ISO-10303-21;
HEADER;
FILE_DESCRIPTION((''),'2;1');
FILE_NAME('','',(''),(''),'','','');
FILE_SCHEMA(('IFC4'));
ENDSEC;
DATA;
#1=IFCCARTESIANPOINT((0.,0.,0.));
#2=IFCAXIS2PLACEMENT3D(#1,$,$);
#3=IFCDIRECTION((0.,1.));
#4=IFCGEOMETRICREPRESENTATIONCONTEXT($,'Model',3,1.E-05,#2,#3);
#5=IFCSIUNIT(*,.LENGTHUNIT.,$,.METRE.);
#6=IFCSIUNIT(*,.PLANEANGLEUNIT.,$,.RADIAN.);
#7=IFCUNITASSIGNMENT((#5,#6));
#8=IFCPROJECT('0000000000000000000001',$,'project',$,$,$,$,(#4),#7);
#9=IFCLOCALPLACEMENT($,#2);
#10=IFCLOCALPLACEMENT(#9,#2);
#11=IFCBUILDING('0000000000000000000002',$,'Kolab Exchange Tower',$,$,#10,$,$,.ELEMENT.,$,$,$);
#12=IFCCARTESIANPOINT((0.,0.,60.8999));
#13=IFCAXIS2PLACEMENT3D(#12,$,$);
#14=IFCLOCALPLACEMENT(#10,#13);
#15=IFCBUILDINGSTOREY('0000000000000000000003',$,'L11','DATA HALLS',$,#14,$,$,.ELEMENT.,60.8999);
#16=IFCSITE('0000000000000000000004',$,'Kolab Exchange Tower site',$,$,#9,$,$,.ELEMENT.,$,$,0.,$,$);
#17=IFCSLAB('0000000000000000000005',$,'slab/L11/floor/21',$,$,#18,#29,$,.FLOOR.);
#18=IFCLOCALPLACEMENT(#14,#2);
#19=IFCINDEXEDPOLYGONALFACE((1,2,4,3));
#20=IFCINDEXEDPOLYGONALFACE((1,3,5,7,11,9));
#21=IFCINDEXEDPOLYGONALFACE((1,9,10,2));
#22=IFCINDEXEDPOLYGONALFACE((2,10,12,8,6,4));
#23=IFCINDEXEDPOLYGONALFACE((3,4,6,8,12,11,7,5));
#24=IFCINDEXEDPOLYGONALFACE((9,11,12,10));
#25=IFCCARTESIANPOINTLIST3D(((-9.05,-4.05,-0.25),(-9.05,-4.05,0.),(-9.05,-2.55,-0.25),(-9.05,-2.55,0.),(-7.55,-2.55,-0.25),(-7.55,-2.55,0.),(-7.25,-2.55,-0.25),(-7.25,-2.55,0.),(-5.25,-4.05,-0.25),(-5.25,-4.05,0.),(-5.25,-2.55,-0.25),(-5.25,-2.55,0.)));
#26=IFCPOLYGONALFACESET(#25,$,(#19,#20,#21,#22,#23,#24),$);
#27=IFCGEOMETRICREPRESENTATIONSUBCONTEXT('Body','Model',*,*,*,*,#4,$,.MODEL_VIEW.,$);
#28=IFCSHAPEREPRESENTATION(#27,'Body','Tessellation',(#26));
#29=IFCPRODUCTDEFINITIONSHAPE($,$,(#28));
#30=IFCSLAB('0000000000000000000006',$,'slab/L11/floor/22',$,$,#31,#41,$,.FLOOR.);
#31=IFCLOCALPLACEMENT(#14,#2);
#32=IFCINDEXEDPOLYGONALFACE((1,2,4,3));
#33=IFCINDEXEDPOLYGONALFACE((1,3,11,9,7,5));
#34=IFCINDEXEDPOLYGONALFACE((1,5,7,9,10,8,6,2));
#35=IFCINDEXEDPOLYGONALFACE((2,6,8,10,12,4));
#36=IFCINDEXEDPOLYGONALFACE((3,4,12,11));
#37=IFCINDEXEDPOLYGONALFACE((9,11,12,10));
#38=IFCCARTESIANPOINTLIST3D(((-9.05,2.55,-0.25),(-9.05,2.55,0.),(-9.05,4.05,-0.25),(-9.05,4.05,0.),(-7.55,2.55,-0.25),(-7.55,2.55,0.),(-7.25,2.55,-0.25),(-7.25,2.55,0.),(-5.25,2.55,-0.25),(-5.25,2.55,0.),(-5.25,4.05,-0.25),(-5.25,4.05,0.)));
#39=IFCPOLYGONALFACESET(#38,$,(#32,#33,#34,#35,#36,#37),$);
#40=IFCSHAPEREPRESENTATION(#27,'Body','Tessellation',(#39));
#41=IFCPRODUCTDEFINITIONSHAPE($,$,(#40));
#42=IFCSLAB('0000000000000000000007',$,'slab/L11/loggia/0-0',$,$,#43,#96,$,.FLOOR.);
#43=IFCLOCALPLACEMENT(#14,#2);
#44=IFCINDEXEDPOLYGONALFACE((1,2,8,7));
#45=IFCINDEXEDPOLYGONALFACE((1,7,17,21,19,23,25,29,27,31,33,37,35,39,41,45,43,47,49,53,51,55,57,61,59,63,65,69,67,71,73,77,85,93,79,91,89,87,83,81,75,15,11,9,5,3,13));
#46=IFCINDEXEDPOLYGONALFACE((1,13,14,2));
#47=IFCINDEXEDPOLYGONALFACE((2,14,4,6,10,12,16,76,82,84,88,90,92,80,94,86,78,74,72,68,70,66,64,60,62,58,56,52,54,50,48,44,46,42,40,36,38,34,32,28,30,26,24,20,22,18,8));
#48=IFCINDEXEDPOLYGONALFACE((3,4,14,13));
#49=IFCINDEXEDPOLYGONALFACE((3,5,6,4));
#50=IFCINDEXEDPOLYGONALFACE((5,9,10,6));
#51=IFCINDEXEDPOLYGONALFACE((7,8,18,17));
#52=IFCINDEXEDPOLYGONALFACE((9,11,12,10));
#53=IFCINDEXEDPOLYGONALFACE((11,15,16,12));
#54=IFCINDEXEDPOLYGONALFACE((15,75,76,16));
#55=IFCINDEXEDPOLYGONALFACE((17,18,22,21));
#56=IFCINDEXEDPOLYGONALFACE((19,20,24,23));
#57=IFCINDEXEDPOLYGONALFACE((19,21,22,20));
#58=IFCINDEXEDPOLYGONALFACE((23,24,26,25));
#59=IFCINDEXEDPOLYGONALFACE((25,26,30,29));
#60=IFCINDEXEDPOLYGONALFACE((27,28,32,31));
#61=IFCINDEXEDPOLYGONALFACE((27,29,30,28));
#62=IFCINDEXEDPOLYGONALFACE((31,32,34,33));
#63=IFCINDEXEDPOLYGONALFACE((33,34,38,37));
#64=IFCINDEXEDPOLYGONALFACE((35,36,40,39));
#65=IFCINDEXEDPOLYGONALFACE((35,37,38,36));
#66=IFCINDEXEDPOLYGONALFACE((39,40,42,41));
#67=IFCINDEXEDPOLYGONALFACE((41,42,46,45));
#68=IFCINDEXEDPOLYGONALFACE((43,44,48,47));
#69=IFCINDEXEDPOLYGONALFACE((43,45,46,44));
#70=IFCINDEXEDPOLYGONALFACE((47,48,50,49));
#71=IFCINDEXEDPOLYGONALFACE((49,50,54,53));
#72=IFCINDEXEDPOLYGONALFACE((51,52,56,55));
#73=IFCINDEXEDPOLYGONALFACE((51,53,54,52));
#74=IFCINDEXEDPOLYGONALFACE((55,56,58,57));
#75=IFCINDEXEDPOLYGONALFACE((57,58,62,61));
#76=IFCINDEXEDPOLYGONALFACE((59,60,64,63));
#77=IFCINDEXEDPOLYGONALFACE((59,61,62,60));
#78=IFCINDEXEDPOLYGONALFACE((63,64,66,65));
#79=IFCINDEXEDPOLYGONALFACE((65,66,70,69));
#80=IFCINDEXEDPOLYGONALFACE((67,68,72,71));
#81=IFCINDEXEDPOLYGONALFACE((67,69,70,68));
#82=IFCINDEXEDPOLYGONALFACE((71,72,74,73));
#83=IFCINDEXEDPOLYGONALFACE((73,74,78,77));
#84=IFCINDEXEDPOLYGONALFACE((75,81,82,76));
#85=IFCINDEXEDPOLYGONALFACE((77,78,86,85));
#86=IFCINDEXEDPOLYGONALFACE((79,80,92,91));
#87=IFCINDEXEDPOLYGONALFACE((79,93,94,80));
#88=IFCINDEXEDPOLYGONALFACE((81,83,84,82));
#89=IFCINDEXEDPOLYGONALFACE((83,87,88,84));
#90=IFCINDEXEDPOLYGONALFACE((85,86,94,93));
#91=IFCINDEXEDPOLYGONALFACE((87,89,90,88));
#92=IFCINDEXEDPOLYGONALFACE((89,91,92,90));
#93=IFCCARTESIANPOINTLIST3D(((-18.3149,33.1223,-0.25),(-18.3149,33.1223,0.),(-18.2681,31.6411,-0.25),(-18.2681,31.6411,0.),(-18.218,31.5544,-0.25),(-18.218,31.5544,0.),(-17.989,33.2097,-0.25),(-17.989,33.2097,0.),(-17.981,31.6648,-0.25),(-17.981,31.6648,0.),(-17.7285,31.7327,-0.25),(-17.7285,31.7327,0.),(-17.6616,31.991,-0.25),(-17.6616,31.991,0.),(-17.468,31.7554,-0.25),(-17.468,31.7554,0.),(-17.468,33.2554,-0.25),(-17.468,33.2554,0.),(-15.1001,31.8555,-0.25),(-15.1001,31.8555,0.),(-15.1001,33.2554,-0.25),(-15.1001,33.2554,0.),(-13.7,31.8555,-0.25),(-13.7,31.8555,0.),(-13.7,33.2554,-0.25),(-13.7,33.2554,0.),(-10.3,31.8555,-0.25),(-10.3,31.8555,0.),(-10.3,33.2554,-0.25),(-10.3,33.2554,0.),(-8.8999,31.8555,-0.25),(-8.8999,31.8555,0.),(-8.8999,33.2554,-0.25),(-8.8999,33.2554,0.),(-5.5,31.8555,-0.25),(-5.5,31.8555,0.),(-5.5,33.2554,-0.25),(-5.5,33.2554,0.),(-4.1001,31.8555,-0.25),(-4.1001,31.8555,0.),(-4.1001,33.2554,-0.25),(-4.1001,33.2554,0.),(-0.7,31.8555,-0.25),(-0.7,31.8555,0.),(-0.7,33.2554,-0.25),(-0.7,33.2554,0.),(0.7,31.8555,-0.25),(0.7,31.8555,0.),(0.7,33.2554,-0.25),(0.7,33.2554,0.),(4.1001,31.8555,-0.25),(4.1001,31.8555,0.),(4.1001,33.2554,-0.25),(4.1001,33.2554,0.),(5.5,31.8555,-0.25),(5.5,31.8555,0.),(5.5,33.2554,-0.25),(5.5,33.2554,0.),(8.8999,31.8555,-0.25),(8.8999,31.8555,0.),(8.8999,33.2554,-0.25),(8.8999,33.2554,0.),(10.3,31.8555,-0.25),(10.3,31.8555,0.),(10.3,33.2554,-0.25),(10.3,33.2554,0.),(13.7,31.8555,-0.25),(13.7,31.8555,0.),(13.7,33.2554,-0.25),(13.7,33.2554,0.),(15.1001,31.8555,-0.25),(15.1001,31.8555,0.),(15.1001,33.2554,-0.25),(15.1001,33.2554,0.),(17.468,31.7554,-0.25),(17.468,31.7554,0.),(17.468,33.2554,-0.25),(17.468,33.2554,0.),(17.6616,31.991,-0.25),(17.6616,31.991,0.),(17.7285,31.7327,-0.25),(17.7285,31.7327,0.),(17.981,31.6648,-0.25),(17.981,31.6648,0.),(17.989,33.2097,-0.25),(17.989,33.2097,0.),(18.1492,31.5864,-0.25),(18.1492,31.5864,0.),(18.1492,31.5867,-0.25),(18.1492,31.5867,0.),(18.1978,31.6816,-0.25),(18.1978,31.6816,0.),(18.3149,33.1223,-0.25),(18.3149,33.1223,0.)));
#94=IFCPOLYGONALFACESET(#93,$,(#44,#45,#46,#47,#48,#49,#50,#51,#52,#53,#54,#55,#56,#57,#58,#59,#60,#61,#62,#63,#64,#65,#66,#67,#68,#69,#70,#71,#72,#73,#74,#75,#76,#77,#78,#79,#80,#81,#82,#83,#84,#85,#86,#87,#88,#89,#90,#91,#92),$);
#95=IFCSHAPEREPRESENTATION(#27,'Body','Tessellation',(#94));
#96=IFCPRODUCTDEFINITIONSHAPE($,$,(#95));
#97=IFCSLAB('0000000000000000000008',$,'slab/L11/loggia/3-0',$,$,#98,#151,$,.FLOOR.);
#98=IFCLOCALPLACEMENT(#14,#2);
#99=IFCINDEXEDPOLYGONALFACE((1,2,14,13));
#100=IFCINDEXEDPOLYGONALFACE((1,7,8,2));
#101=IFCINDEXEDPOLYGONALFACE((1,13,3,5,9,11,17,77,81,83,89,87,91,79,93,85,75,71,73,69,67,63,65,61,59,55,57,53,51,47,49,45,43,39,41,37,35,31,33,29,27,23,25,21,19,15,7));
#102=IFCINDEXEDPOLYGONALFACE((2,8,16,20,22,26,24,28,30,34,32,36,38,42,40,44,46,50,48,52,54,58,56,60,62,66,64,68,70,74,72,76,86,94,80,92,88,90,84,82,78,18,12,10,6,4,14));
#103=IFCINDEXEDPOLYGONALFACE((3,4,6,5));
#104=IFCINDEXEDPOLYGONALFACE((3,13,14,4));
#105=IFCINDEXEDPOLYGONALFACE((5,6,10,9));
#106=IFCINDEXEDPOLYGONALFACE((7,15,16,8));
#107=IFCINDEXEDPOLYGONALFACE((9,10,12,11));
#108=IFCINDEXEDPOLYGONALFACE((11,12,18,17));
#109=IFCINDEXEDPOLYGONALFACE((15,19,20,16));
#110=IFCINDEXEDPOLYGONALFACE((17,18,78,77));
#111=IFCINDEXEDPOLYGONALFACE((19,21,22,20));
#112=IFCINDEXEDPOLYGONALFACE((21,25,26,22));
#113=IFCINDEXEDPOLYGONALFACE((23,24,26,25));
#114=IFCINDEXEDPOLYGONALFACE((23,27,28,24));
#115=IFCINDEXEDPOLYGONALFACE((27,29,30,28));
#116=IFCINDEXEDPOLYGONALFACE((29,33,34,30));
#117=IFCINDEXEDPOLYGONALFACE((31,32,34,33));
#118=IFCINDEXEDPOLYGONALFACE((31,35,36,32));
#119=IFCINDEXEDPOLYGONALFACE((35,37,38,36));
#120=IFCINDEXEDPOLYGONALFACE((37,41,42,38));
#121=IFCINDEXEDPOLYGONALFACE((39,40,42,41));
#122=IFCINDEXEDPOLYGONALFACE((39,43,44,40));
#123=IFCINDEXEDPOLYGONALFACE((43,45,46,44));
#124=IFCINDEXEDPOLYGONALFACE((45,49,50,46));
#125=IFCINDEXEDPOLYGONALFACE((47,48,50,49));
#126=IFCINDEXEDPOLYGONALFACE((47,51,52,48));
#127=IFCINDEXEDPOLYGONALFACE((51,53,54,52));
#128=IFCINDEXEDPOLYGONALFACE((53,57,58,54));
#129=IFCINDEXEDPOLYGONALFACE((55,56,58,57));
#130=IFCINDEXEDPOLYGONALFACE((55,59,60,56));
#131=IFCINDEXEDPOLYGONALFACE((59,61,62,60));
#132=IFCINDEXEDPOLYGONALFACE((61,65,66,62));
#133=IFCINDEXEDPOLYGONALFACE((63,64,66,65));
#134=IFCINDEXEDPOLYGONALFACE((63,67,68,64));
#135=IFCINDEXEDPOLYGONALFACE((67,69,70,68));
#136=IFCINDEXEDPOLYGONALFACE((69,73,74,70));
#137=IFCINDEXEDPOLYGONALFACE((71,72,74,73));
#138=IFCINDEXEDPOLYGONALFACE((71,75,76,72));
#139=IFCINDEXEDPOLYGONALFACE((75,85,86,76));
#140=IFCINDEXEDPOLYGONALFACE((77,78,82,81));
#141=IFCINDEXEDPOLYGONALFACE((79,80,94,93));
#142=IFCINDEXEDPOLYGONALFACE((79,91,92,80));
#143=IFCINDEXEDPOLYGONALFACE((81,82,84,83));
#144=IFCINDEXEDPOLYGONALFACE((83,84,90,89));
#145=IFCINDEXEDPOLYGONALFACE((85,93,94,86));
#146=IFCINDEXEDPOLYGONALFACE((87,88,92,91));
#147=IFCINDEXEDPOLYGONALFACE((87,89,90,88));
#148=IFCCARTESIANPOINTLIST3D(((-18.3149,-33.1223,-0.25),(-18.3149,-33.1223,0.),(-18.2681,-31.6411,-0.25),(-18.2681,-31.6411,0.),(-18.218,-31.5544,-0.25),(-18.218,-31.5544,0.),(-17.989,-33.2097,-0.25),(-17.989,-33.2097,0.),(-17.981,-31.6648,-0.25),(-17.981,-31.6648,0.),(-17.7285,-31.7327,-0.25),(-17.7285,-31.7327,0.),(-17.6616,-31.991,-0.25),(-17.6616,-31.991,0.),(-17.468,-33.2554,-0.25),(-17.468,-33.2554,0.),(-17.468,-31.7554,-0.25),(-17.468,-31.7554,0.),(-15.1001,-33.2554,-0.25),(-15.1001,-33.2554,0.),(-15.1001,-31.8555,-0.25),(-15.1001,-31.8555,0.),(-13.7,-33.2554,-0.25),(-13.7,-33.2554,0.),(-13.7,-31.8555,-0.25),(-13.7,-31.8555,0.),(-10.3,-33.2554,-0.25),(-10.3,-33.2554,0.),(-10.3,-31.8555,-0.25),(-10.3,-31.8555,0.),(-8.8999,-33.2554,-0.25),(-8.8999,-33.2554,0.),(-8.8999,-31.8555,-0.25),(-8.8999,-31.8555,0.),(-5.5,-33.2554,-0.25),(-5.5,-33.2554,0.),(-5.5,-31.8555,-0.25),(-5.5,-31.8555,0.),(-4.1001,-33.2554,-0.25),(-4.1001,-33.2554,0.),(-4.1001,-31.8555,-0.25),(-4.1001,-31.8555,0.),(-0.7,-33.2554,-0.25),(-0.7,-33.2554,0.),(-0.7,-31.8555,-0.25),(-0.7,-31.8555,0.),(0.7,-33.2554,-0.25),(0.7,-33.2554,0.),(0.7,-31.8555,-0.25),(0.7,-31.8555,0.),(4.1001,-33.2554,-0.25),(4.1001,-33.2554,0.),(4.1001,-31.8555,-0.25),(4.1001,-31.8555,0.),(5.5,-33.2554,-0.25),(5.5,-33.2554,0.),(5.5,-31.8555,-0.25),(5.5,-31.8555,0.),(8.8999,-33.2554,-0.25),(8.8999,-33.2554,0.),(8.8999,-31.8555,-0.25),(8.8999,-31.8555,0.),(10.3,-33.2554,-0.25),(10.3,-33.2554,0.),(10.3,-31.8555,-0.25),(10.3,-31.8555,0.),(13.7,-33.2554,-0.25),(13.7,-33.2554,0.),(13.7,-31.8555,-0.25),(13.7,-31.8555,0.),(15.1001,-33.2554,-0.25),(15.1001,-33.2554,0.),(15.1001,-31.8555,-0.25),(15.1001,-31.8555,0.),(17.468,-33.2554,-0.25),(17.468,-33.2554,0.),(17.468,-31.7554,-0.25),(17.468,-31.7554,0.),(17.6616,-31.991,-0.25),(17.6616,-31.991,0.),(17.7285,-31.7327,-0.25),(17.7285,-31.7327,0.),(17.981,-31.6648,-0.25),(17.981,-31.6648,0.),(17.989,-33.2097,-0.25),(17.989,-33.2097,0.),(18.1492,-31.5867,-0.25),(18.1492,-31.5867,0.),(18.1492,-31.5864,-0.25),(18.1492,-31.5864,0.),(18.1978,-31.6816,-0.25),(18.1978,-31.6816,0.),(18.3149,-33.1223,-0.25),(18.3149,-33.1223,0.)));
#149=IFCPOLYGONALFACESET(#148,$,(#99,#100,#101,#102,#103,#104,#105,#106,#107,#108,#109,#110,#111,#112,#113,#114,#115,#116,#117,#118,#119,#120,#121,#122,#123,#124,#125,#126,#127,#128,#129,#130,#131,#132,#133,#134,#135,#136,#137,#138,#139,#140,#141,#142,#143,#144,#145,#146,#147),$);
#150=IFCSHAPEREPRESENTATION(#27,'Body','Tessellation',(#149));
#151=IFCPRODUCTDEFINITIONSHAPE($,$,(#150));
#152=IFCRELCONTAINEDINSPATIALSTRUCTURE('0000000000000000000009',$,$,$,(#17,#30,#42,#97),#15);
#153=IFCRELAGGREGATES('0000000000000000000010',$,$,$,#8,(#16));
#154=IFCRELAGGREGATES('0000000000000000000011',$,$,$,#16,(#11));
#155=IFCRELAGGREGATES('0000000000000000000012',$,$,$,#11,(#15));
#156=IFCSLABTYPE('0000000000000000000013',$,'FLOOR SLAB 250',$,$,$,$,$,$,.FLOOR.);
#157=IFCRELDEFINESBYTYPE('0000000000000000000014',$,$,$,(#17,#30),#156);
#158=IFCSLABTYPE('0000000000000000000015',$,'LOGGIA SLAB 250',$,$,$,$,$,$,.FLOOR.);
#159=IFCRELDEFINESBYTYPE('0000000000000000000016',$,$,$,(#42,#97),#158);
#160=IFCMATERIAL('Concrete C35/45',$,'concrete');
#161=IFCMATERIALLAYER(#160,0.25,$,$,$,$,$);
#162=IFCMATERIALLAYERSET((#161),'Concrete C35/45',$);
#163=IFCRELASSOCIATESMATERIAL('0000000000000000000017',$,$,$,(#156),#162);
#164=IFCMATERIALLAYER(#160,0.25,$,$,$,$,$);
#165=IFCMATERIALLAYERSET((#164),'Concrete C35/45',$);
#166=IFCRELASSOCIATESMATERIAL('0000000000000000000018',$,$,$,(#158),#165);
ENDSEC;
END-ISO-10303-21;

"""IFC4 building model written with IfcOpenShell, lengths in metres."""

from ifc_helpers import new_model, si_unit, direction, frame, origin, place, context, subcontext, project, spatial, polyline, outline, extrude, material, layer, layer_set, type_object, element, save


model = new_model("IFC4")

# Units and contexts
model_context = context("Model", 3, precision=1e-05, world=origin(), true_north=direction((0.0, 1.0)))
body_context = subcontext(model_context, "Body", "Model", "MODEL_VIEW")
ifc_project = project(units=[si_unit("LENGTHUNIT", "METRE"), si_unit("PLANEANGLEUNIT", "RADIAN")], contexts=[model_context])

# Site, building, storey
site_placement = place(None, origin())
site = spatial("IfcSite", under=ifc_project, at=site_placement, Name="Kolab Exchange Tower site", CompositionType="ELEMENT", RefElevation=0.0)
building_placement = place(site_placement, origin())
building = spatial("IfcBuilding", under=site, at=building_placement, Name="Kolab Exchange Tower", CompositionType="ELEMENT")
storey_placement = place(building_placement, frame((0.0, 0.0, 60.8999)))
storey = spatial("IfcBuildingStorey", under=building, at=storey_placement, Name="L11", Description="DATA HALLS", CompositionType="ELEMENT", Elevation=60.8999)

# Slabs
ifc_material_1 = material(Name="Concrete C35/45", Category="concrete")
ifc_layer_1 = layer(ifc_material_1, 0.25)
ifc_layer_set_1 = layer_set([ifc_layer_1], Name="Concrete C35/45")
slab_type_1 = type_object("IfcSlabType", Name="FLOOR SLAB 250", PredefinedType="FLOOR", material=ifc_layer_set_1)
slab_1_placement = place(storey_placement, frame((0.0, 0.0, -0.25)))
element("IfcSlab", 1, at=slab_1_placement, inside=storey, type_object=slab_type_1, Name="slab/L11/floor/21", PredefinedType="FLOOR", context=body_context, shape_type="SweptSolid", body=[
    extrude(outline(polyline([(-9.05, -4.05), (-5.25, -4.05), (-5.25, -2.55), (-7.25, -2.55), (-7.55, -2.55), (-9.05, -2.55), (-9.05, -4.05)])), origin(), (0.0, 0.0, 1.0), 0.25),
])
slab_2_placement = place(storey_placement, frame((0.0, 0.0, -0.25)))
element("IfcSlab", 2, at=slab_2_placement, inside=storey, type_object=slab_type_1, Name="slab/L11/floor/22", PredefinedType="FLOOR", context=body_context, shape_type="SweptSolid", body=[
    extrude(outline(polyline([(-5.25, 4.05), (-9.05, 4.05), (-9.05, 2.55), (-7.55, 2.55), (-7.25, 2.55), (-5.25, 2.55), (-5.25, 4.05)])), origin(), (0.0, 0.0, 1.0), 0.25),
])
ifc_layer_2 = layer(ifc_material_1, 0.25)
ifc_layer_set_2 = layer_set([ifc_layer_2], Name="Concrete C35/45")
slab_type_2 = type_object("IfcSlabType", Name="LOGGIA SLAB 250", PredefinedType="FLOOR", material=ifc_layer_set_2)
slab_3_placement = place(storey_placement, frame((0.0, 0.0, -0.25)))
element("IfcSlab", 3, at=slab_3_placement, inside=storey, type_object=slab_type_2, Name="slab/L11/loggia/0-0", PredefinedType="FLOOR", context=body_context, shape_type="SweptSolid", body=[
    extrude(outline(polyline([(17.981, 31.6648), (18.1492, 31.5864), (18.1492, 31.5867), (18.1978, 31.6816), (17.6616, 31.991), (18.3149, 33.1223), (17.989, 33.2097), (17.468, 33.2554), (15.1001, 33.2554), (15.1001, 31.8555), (13.7, 31.8555), (13.7, 33.2554), (10.3, 33.2554), (10.3, 31.8555), (8.8999, 31.8555), (8.8999, 33.2554), (5.5, 33.2554), (5.5, 31.8555), (4.1001, 31.8555), (4.1001, 33.2554), (0.7, 33.2554), (0.7, 31.8555), (-0.7, 31.8555), (-0.7, 33.2554), (-4.1001, 33.2554), (-4.1001, 31.8555), (-5.5, 31.8555), (-5.5, 33.2554), (-8.8999, 33.2554), (-8.8999, 31.8555), (-10.3, 31.8555), (-10.3, 33.2554), (-13.7, 33.2554), (-13.7, 31.8555), (-15.1001, 31.8555), (-15.1001, 33.2554), (-17.468, 33.2554), (-17.989, 33.2097), (-18.3149, 33.1223), (-17.6616, 31.991), (-18.2681, 31.6411), (-18.218, 31.5544), (-17.981, 31.6648), (-17.7285, 31.7327), (-17.468, 31.7554), (17.468, 31.7554), (17.7285, 31.7327), (17.981, 31.6648)])), origin(), (0.0, 0.0, 1.0), 0.25),
])
slab_4_placement = place(storey_placement, frame((0.0, 0.0, -0.25)))
element("IfcSlab", 4, at=slab_4_placement, inside=storey, type_object=slab_type_2, Name="slab/L11/loggia/3-0", PredefinedType="FLOOR", context=body_context, shape_type="SweptSolid", body=[
    extrude(outline(polyline([(-17.981, -31.6648), (-18.218, -31.5544), (-18.2681, -31.6411), (-17.6616, -31.991), (-18.3149, -33.1223), (-17.989, -33.2097), (-17.468, -33.2554), (-15.1001, -33.2554), (-15.1001, -31.8555), (-13.7, -31.8555), (-13.7, -33.2554), (-10.3, -33.2554), (-10.3, -31.8555), (-8.8999, -31.8555), (-8.8999, -33.2554), (-5.5, -33.2554), (-5.5, -31.8555), (-4.1001, -31.8555), (-4.1001, -33.2554), (-0.7, -33.2554), (-0.7, -31.8555), (0.7, -31.8555), (0.7, -33.2554), (4.1001, -33.2554), (4.1001, -31.8555), (5.5, -31.8555), (5.5, -33.2554), (8.8999, -33.2554), (8.8999, -31.8555), (10.3, -31.8555), (10.3, -33.2554), (13.7, -33.2554), (13.7, -31.8555), (15.1001, -31.8555), (15.1001, -33.2554), (17.468, -33.2554), (17.989, -33.2097), (18.3149, -33.1223), (17.6616, -31.991), (18.1978, -31.6816), (18.1492, -31.5867), (18.1492, -31.5864), (17.981, -31.6648), (17.7285, -31.7327), (17.468, -31.7554), (-17.468, -31.7554), (-17.7285, -31.7327), (-17.981, -31.6648)])), origin(), (0.0, 0.0, 1.0), 0.25),
])

save(model, "model.ifc")
